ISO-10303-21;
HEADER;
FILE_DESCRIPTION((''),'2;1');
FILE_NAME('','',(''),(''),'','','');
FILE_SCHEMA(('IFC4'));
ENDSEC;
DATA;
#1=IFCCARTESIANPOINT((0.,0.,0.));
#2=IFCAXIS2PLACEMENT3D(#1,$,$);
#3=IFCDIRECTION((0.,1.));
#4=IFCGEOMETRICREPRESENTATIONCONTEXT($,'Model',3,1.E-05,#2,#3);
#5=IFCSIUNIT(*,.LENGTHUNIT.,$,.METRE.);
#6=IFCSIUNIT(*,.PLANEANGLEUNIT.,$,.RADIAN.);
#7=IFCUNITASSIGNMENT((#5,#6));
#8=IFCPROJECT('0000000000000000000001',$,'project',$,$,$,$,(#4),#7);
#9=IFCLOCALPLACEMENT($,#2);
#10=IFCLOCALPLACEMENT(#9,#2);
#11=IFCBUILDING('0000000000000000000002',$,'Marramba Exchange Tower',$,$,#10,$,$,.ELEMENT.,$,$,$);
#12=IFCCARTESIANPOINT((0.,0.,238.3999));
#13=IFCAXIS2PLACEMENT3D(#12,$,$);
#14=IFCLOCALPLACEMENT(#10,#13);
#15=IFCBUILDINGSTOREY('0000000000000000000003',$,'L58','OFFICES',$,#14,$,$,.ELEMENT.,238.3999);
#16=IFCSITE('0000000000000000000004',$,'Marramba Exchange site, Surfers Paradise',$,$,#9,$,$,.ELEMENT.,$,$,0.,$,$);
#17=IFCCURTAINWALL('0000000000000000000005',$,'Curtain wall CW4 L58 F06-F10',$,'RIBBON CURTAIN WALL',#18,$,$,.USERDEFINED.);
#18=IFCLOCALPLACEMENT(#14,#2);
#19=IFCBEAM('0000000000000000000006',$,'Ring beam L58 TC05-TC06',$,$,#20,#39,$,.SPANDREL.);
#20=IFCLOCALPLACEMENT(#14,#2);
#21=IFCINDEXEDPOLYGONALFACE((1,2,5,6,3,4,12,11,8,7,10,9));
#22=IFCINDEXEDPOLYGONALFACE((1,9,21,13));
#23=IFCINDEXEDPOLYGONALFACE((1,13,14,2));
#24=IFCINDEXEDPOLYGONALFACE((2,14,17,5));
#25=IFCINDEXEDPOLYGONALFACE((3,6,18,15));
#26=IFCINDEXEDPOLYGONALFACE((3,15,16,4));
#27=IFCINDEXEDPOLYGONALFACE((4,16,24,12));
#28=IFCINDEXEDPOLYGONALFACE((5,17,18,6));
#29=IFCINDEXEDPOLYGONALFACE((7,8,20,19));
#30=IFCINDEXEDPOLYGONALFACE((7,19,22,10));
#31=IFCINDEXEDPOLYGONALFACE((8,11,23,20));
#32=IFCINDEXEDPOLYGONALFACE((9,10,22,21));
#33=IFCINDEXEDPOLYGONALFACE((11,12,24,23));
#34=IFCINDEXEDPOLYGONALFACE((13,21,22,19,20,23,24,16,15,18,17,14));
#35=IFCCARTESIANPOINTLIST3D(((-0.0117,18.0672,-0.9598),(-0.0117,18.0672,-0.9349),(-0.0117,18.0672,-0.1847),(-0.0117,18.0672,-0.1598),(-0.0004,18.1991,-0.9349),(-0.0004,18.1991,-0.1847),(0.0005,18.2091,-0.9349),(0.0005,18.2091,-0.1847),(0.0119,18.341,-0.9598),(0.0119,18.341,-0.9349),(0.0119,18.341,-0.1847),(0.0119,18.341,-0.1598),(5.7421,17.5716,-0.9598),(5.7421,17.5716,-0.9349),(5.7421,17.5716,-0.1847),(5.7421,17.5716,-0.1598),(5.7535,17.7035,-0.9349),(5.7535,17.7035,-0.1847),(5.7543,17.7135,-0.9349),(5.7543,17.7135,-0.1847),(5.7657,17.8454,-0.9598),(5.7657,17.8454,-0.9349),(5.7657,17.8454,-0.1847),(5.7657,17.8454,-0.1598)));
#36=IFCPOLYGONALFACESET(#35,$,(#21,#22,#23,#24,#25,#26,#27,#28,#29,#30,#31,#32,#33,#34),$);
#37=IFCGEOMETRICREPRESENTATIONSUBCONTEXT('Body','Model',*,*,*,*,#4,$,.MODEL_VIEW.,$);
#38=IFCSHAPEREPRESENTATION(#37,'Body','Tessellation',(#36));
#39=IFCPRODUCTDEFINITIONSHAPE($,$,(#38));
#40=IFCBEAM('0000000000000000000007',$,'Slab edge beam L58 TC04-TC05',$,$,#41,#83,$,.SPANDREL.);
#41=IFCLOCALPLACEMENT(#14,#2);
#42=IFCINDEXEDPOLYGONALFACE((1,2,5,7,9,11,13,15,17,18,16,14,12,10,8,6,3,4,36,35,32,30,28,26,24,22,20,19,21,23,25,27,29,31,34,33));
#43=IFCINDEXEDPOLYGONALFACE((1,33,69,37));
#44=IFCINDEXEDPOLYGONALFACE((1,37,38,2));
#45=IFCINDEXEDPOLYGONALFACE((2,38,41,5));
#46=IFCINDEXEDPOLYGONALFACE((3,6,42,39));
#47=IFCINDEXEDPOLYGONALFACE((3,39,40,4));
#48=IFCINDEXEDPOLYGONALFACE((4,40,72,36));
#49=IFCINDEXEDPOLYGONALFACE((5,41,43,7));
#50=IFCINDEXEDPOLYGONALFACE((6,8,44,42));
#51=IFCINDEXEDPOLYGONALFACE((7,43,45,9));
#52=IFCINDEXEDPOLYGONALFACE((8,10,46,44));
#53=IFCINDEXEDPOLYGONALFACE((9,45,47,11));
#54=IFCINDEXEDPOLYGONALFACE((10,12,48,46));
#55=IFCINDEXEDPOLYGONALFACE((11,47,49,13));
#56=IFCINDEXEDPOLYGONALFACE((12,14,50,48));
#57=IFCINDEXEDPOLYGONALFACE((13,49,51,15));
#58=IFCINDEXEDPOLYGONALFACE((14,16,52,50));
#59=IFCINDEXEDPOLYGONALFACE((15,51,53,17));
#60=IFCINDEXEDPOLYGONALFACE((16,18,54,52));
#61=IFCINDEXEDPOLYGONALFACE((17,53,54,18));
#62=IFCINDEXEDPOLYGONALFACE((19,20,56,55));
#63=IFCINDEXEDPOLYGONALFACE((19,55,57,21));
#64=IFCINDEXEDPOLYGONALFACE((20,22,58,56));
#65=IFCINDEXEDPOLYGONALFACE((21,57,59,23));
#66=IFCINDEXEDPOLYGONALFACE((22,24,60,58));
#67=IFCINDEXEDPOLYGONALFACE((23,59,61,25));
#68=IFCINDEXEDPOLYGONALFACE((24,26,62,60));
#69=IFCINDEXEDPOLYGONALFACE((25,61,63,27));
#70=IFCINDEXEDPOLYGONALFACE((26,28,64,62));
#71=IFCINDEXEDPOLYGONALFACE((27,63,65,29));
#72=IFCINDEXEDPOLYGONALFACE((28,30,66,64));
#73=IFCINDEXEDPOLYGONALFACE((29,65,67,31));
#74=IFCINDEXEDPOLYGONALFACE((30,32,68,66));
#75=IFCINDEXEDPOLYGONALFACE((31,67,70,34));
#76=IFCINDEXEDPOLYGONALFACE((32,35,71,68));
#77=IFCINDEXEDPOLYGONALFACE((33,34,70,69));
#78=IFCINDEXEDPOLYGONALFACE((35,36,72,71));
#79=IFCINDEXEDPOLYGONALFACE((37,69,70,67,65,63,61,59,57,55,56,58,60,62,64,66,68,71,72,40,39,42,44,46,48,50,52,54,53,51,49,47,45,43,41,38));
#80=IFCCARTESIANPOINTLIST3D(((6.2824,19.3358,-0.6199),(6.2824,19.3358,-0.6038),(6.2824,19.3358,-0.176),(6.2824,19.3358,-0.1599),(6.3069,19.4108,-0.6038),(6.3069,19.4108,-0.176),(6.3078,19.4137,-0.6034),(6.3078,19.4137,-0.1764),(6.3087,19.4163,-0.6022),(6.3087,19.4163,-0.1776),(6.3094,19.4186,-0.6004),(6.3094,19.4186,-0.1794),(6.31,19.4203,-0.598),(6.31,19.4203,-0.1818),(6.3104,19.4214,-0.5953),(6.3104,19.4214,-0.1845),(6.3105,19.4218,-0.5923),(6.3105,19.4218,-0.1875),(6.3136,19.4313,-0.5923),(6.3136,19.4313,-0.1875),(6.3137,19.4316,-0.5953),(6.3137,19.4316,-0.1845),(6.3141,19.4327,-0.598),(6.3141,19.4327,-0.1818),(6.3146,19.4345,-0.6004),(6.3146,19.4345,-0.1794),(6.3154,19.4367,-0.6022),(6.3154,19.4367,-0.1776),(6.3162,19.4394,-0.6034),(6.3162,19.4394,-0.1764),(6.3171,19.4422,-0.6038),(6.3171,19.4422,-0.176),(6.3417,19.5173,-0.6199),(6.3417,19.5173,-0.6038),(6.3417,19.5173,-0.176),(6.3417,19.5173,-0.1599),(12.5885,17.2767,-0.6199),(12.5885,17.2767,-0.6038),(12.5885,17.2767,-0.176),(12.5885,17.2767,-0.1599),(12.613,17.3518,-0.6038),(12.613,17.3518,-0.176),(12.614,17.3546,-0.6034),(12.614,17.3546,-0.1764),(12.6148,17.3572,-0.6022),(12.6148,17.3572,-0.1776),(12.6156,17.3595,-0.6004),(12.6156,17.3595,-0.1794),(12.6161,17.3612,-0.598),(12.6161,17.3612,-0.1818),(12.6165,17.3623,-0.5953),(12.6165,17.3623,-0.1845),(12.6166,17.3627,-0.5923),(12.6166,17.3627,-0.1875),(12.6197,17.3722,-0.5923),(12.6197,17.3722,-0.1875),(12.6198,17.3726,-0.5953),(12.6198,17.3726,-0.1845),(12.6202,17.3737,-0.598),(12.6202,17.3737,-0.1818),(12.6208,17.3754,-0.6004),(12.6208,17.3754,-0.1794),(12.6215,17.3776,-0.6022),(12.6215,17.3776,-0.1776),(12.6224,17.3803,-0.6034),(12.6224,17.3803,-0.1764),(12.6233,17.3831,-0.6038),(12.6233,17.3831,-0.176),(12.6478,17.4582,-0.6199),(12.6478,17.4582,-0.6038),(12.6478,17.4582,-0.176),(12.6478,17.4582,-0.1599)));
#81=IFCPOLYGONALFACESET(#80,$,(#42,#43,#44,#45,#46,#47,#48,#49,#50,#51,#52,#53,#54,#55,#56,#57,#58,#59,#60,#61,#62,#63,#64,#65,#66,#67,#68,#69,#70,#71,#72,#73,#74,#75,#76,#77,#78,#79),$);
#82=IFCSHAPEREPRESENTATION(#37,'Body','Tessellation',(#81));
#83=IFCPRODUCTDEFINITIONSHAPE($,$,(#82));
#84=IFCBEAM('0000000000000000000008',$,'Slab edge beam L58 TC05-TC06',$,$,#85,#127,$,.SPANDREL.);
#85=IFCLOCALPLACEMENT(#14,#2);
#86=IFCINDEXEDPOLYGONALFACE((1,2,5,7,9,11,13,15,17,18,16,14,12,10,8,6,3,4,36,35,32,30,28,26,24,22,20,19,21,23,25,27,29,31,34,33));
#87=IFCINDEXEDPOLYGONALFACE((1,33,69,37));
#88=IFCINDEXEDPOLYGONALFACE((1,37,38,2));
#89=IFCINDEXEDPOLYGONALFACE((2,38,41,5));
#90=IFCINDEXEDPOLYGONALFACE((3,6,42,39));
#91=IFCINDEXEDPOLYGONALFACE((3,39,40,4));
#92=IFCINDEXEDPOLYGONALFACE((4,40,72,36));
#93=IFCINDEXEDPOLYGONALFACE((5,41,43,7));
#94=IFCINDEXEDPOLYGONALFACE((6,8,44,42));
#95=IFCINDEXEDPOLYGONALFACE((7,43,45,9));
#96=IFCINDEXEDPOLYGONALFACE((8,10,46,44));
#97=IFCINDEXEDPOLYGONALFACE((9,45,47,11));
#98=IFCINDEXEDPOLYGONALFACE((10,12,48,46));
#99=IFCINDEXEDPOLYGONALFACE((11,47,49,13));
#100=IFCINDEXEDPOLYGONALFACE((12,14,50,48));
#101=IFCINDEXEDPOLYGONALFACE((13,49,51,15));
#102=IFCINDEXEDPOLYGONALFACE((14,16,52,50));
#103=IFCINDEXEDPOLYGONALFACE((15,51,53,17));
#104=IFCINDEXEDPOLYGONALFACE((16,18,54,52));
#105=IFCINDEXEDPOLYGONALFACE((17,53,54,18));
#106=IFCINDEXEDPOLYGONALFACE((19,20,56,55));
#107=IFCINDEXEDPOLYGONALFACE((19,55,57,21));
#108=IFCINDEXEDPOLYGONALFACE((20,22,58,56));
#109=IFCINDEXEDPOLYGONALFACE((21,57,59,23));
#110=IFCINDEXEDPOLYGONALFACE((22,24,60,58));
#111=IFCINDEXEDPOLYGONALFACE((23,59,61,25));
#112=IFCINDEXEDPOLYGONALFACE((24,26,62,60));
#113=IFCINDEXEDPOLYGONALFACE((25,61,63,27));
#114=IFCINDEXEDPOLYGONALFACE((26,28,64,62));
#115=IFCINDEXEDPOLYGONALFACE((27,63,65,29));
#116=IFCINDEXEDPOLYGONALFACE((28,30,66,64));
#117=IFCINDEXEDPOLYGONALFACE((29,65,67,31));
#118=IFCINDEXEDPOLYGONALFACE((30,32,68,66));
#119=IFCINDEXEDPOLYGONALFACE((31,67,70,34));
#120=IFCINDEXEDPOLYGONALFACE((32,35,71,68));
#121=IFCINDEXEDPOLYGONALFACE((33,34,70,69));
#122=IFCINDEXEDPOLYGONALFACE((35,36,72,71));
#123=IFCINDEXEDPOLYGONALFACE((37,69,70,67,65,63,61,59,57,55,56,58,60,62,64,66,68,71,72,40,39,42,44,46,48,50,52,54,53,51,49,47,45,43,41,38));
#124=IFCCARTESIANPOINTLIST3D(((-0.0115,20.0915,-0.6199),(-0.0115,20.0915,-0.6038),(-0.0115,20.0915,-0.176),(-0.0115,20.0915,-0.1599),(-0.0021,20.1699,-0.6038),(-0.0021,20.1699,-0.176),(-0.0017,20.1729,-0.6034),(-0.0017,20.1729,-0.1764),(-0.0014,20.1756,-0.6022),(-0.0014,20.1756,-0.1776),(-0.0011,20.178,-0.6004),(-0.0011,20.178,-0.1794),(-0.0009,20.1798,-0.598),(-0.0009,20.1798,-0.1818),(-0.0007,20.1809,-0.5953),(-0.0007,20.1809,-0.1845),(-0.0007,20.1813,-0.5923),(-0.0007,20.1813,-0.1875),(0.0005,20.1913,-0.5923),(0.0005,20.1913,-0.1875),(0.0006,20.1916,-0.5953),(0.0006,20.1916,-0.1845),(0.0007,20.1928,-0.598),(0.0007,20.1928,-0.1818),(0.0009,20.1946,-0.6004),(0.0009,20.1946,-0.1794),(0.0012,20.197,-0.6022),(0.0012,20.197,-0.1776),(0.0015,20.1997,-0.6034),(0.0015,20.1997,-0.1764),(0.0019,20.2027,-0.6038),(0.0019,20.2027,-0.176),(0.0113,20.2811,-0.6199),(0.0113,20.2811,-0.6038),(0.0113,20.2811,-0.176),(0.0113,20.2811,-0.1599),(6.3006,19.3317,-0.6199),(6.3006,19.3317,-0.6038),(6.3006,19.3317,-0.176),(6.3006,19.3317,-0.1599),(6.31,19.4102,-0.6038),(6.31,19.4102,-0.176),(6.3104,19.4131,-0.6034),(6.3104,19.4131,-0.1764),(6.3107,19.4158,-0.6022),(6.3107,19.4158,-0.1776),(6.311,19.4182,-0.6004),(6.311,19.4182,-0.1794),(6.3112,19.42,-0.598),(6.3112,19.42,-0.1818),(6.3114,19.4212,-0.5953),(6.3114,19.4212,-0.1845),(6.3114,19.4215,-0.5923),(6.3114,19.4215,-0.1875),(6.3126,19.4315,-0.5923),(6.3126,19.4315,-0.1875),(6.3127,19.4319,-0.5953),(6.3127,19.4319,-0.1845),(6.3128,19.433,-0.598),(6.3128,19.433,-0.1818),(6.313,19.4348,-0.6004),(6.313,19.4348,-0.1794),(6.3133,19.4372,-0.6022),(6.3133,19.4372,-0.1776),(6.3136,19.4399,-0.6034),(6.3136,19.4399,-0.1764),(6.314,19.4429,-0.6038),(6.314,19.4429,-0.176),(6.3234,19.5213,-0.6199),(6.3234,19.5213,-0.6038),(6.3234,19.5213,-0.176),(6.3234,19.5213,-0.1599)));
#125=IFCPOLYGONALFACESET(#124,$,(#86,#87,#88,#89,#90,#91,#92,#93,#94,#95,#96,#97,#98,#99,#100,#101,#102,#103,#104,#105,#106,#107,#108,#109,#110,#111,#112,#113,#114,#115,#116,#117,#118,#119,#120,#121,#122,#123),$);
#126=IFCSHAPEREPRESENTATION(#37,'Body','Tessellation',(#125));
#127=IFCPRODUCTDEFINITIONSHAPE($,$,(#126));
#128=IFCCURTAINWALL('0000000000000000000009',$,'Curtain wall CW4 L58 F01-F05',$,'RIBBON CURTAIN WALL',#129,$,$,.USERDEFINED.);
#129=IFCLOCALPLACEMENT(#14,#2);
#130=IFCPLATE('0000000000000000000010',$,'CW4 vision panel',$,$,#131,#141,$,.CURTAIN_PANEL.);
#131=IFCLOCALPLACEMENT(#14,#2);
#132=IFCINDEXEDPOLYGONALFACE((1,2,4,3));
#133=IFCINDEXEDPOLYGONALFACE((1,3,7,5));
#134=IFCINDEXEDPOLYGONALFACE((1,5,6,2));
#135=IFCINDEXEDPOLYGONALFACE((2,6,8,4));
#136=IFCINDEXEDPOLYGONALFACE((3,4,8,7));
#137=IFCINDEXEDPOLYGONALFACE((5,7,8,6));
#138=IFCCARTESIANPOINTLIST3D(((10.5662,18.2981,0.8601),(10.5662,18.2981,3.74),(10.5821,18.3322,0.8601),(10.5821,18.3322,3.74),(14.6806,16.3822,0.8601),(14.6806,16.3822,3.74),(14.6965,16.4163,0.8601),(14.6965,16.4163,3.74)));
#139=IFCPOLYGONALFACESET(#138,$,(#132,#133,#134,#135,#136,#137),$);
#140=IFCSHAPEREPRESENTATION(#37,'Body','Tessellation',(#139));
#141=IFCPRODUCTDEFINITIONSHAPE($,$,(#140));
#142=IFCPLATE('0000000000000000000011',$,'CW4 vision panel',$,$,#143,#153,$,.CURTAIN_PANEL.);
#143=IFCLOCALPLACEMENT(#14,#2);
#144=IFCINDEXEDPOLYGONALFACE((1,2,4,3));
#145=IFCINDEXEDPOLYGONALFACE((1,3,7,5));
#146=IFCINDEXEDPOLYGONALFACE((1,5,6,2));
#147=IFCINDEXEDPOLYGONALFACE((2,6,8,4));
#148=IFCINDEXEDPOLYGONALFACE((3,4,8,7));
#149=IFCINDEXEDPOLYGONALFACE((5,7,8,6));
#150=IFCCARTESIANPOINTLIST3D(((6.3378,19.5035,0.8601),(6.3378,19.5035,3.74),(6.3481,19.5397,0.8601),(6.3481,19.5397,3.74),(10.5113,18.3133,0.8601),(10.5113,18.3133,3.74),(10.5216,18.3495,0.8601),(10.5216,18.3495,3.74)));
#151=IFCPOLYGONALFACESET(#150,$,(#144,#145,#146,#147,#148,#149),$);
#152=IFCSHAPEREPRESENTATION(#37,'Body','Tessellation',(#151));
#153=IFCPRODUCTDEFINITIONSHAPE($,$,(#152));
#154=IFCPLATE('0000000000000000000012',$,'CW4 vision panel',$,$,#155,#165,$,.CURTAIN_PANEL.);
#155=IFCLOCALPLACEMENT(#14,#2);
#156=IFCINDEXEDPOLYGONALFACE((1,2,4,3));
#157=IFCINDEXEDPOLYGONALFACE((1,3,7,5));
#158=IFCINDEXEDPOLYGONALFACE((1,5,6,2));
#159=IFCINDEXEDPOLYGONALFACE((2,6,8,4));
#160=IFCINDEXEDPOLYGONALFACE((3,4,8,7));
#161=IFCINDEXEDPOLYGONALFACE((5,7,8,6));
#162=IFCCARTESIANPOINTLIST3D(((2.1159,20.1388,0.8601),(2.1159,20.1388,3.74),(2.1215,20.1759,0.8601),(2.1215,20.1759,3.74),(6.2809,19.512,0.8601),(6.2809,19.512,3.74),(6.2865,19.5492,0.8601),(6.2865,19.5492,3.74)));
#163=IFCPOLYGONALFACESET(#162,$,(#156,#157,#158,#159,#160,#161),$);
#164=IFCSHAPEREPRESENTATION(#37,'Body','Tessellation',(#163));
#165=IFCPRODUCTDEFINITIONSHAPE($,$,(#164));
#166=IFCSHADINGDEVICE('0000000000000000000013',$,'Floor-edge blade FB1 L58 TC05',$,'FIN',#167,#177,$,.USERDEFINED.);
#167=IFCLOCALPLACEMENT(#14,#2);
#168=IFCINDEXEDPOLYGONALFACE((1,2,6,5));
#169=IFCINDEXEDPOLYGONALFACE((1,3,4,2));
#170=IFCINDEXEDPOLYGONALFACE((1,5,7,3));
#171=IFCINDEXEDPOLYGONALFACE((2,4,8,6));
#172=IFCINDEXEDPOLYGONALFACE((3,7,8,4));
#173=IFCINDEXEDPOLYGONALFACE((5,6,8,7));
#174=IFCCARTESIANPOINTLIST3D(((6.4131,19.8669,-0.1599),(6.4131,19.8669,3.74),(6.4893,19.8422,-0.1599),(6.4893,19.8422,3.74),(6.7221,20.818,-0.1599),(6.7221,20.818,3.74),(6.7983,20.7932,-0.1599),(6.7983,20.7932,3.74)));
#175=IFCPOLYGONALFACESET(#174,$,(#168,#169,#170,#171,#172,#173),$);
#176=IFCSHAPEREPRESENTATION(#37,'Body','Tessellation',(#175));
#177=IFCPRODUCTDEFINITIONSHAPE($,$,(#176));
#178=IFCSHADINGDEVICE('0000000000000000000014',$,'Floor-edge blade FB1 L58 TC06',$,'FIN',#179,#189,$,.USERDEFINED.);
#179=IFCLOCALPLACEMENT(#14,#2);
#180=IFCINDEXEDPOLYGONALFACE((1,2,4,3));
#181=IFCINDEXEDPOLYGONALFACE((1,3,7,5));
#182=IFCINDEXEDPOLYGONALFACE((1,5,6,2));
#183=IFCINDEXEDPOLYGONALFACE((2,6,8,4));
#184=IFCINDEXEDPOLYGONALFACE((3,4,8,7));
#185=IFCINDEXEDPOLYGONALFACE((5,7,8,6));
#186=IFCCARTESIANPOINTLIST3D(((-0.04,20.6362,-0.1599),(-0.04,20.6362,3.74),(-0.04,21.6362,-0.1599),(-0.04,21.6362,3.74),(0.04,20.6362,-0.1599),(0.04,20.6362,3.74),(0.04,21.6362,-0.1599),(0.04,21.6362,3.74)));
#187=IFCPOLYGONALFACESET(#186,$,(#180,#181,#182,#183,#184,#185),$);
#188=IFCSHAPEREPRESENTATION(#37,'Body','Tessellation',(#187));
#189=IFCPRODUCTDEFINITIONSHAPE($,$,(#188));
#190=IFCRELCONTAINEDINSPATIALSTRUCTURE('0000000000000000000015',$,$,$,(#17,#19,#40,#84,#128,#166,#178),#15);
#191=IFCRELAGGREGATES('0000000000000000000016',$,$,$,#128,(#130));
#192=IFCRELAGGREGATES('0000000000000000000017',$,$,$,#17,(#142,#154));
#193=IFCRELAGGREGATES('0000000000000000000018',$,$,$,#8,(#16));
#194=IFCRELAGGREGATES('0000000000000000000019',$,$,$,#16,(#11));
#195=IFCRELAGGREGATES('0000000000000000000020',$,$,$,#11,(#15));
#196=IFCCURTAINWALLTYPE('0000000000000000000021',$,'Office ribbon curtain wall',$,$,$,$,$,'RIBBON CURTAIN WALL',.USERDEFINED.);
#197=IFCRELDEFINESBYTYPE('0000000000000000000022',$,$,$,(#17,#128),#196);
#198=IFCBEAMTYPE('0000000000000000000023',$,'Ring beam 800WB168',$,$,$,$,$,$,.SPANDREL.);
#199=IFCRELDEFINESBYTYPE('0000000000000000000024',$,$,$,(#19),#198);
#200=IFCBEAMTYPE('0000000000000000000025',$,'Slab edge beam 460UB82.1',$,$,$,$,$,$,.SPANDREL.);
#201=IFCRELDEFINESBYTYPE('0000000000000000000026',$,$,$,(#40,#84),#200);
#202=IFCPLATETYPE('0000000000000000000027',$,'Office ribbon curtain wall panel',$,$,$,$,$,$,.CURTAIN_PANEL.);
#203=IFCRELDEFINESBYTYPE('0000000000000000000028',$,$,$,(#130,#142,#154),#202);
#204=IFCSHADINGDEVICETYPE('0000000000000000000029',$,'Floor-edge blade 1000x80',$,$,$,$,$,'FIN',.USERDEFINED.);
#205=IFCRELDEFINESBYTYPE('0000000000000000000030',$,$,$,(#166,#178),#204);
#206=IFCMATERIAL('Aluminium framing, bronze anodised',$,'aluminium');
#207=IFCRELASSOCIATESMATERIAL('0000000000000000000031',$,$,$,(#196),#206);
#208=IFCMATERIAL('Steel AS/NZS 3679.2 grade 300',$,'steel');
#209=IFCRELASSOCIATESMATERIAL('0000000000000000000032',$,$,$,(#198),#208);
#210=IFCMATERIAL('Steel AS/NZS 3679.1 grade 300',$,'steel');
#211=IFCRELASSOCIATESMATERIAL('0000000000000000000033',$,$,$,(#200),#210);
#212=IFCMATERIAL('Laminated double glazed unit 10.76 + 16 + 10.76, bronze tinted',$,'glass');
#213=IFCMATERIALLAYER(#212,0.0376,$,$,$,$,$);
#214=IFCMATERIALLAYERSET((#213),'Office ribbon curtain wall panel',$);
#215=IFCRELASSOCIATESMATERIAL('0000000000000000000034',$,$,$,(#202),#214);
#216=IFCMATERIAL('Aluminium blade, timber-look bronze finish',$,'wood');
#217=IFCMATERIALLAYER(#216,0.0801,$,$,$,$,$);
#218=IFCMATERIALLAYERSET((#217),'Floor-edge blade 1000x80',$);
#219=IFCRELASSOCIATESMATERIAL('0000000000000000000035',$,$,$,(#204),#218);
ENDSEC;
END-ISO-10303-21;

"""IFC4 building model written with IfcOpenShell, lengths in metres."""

from ifc_helpers import new_model, si_unit, direction, frame, origin, origin_2d, place, context, subcontext, project, spatial, rectangle, i_section, extrude, material, layer, layer_set, material_profile, profile_set, type_object, element, aggregate, save


model = new_model("IFC4")

# Units and contexts
model_context = context("Model", 3, precision=1e-05, world=origin(), true_north=direction((0.0, 1.0)))
body_context = subcontext(model_context, "Body", "Model", "MODEL_VIEW")
ifc_project = project(units=[si_unit("LENGTHUNIT", "METRE"), si_unit("PLANEANGLEUNIT", "RADIAN")], contexts=[model_context])

# Site, building, storey
site_placement = place(None, origin())
site = spatial("IfcSite", under=ifc_project, at=site_placement, Name="Marramba Exchange site, Surfers Paradise", CompositionType="ELEMENT", RefElevation=0.0)
building_placement = place(site_placement, origin())
building = spatial("IfcBuilding", under=site, at=building_placement, Name="Marramba Exchange Tower", CompositionType="ELEMENT")
storey_placement = place(building_placement, frame((0.0, 0.0, 238.3999)))
storey = spatial("IfcBuildingStorey", under=building, at=storey_placement, Name="L58", Description="OFFICES", CompositionType="ELEMENT", Elevation=238.3999)

# Shared definitions
ifc_material_1 = material(Name="Steel AS/NZS 3679.2 grade 300", Category="steel")

# Curtain wall
ifc_material_2 = material(Name="Aluminium framing, bronze anodised", Category="aluminium")
curtain_wall_type = type_object("IfcCurtainWallType", Name="Office ribbon curtain wall", ElementType="RIBBON CURTAIN WALL", PredefinedType="USERDEFINED", material=ifc_material_2)
curtain_wall_1_placement = place(storey_placement, origin())
curtain_wall_1 = element("IfcCurtainWall", 1, at=curtain_wall_1_placement, inside=storey, type_object=curtain_wall_type, Name="Curtain wall CW4 L58 F06-F10", ObjectType="RIBBON CURTAIN WALL", PredefinedType="USERDEFINED")

# Beams
ifc_material_profile_1 = material_profile(ifc_material_1, i_section(OverallWidth=0.2749, OverallDepth=0.8, WebThickness=0.01, FlangeThickness=0.0249, at=origin_2d()), Name="800WB168")
ifc_profile_set_1 = profile_set([ifc_material_profile_1], Name="Steel AS/NZS 3679.2 grade 300")
beam_type_1 = type_object("IfcBeamType", Name="Ring beam 800WB168", PredefinedType="SPANDREL", material=ifc_profile_set_1)
beam_1_placement = place(storey_placement, frame((5.7539, 17.7085, -0.5598), z_axis=(-0.996311, 0.085816, 0.0), x_axis=(-0.085816, -0.996311, 0.0)))
element("IfcBeam", 2, at=beam_1_placement, inside=storey, type_object=beam_type_1, Name="Ring beam L58 TC05-TC06", PredefinedType="SPANDREL", context=body_context, shape_type="SweptSolid", body=[
    extrude(i_section(OverallWidth=0.2749, OverallDepth=0.8, WebThickness=0.01, FlangeThickness=0.0249, at=origin_2d()), origin(), (0.0, 0.0, 1.0), 5.7751),
])
ifc_material_3 = material(Name="Steel AS/NZS 3679.1 grade 300", Category="steel")
ifc_material_profile_2 = material_profile(ifc_material_3, i_section(OverallWidth=0.1909, OverallDepth=0.46, WebThickness=0.01, FlangeThickness=0.0161, FilletRadius=0.0115, at=origin_2d()), Name="460UB82.1")
ifc_profile_set_2 = profile_set([ifc_material_profile_2], Name="Steel AS/NZS 3679.1 grade 300")
beam_type_2 = type_object("IfcBeamType", Name="Slab edge beam 460UB82.1", PredefinedType="SPANDREL", material=ifc_profile_set_2)
beam_2_placement = place(storey_placement, frame((12.6182, 17.3674, -0.3899), z_axis=(-0.950609, 0.310392, 0.0), x_axis=(-0.310392, -0.950609, 0.0)))
element("IfcBeam", 3, at=beam_2_placement, inside=storey, type_object=beam_type_2, Name="Slab edge beam L58 TC04-TC05", PredefinedType="SPANDREL", context=body_context, shape_type="SweptSolid", body=[
    extrude(i_section(OverallWidth=0.1909, OverallDepth=0.46, WebThickness=0.01, FlangeThickness=0.0161, FilletRadius=0.0115, at=origin_2d()), origin(), (0.0, 0.0, 1.0), 6.6338),
])
beam_3_placement = place(storey_placement, frame((6.312, 19.4265, -0.3899), z_axis=(-0.992834, 0.119506, 0.0), x_axis=(-0.119506, -0.992834, 0.0)))
element("IfcBeam", 4, at=beam_3_placement, inside=storey, type_object=beam_type_2, Name="Slab edge beam L58 TC05-TC06", PredefinedType="SPANDREL", context=body_context, shape_type="SweptSolid", body=[
    extrude(i_section(OverallWidth=0.1909, OverallDepth=0.46, WebThickness=0.01, FlangeThickness=0.0161, FilletRadius=0.0115, at=origin_2d()), origin(), (0.0, 0.0, 1.0), 6.3577),
])

# Curtain wall, plate
curtain_wall_2_placement = place(storey_placement, origin())
curtain_wall_2 = element("IfcCurtainWall", 5, at=curtain_wall_2_placement, inside=storey, type_object=curtain_wall_type, Name="Curtain wall CW4 L58 F01-F05", ObjectType="RIBBON CURTAIN WALL", PredefinedType="USERDEFINED")
ifc_material_4 = material(Name="Laminated double glazed unit 10.76 + 16 + 10.76, bronze tinted", Category="glass")
ifc_layer_1 = layer(ifc_material_4, 0.0376)
ifc_layer_set_1 = layer_set([ifc_layer_1], Name="Office ribbon curtain wall panel")
plate_type = type_object("IfcPlateType", Name="Office ribbon curtain wall panel", PredefinedType="CURTAIN_PANEL", material=ifc_layer_set_1)
plate_1_placement = place(storey_placement, frame((12.6313, 17.3572, 0.8601), z_axis=(0.0, 0.0, 1.0), x_axis=(-0.906534, 0.422133, 0.0)))
plate_1 = element("IfcPlate", 6, at=plate_1_placement, type_object=plate_type, Name="CW4 vision panel", PredefinedType="CURTAIN_PANEL", context=body_context, shape_type="SweptSolid", body=[
    extrude(rectangle(XDim=4.5386, YDim=0.0376, at=origin_2d()), origin(), (0.0, 0.0, 1.0), 2.8799),
])
aggregate(curtain_wall_2, [plate_1])

# Plates
plate_2_placement = place(storey_placement, frame((8.4297, 18.9265, 0.8601), z_axis=(0.0, 0.0, 1.0), x_axis=(-0.961659, 0.274248, 0.0)))
plate_2 = element("IfcPlate", 7, at=plate_2_placement, type_object=plate_type, Name="CW4 vision panel", PredefinedType="CURTAIN_PANEL", context=body_context, shape_type="SweptSolid", body=[
    extrude(rectangle(XDim=4.3398, YDim=0.0376, at=origin_2d()), origin(), (0.0, 0.0, 1.0), 2.8799),
])
plate_3_placement = place(storey_placement, frame((4.2012, 19.844, 0.8601), z_axis=(0.0, 0.0, 1.0), x_axis=(-0.988868, 0.148795, 0.0)))
plate_3 = element("IfcPlate", 8, at=plate_3_placement, type_object=plate_type, Name="CW4 vision panel", PredefinedType="CURTAIN_PANEL", context=body_context, shape_type="SweptSolid", body=[
    extrude(rectangle(XDim=4.2119, YDim=0.0376, at=origin_2d()), origin(), (0.0, 0.0, 1.0), 2.8799),
])
aggregate(curtain_wall_1, [plate_2, plate_3])

# Shading devices
ifc_material_5 = material(Name="Aluminium blade, timber-look bronze finish", Category="wood")
ifc_layer_2 = layer(ifc_material_5, 0.0801)
ifc_layer_set_2 = layer_set([ifc_layer_2], Name="Floor-edge blade 1000x80")
shading_device_type_1 = type_object("IfcShadingDeviceType", Name="Floor-edge blade 1000x80", ElementType="FIN", PredefinedType="USERDEFINED", material=ifc_layer_set_2)
for number, where, z_axis, x_axis, name in (
    (9, (6.6057, 20.3301, -0.1599), (0.0, 0.0, 1.0), (0.309017, 0.951057, 0.0), "Floor-edge blade FB1 L58 TC05"),
    (10, (0.0, 21.1362, -0.1599), (0.0, 0.0, 1.0), (0.0, 1.0, 0.0), "Floor-edge blade FB1 L58 TC06"),
):
    element("IfcShadingDevice", number, at=place(storey_placement, frame(where, z_axis=z_axis, x_axis=x_axis)), inside=storey, type_object=shading_device_type_1, Name=name, ObjectType="FIN", PredefinedType="USERDEFINED", context=body_context, shape_type="SweptSolid", body=[
        extrude(rectangle(XDim=1.0, YDim=0.0801, at=origin_2d()), origin(), (0.0, 0.0, 1.0), 3.8999),
    ])

save(model, "model.ifc")
